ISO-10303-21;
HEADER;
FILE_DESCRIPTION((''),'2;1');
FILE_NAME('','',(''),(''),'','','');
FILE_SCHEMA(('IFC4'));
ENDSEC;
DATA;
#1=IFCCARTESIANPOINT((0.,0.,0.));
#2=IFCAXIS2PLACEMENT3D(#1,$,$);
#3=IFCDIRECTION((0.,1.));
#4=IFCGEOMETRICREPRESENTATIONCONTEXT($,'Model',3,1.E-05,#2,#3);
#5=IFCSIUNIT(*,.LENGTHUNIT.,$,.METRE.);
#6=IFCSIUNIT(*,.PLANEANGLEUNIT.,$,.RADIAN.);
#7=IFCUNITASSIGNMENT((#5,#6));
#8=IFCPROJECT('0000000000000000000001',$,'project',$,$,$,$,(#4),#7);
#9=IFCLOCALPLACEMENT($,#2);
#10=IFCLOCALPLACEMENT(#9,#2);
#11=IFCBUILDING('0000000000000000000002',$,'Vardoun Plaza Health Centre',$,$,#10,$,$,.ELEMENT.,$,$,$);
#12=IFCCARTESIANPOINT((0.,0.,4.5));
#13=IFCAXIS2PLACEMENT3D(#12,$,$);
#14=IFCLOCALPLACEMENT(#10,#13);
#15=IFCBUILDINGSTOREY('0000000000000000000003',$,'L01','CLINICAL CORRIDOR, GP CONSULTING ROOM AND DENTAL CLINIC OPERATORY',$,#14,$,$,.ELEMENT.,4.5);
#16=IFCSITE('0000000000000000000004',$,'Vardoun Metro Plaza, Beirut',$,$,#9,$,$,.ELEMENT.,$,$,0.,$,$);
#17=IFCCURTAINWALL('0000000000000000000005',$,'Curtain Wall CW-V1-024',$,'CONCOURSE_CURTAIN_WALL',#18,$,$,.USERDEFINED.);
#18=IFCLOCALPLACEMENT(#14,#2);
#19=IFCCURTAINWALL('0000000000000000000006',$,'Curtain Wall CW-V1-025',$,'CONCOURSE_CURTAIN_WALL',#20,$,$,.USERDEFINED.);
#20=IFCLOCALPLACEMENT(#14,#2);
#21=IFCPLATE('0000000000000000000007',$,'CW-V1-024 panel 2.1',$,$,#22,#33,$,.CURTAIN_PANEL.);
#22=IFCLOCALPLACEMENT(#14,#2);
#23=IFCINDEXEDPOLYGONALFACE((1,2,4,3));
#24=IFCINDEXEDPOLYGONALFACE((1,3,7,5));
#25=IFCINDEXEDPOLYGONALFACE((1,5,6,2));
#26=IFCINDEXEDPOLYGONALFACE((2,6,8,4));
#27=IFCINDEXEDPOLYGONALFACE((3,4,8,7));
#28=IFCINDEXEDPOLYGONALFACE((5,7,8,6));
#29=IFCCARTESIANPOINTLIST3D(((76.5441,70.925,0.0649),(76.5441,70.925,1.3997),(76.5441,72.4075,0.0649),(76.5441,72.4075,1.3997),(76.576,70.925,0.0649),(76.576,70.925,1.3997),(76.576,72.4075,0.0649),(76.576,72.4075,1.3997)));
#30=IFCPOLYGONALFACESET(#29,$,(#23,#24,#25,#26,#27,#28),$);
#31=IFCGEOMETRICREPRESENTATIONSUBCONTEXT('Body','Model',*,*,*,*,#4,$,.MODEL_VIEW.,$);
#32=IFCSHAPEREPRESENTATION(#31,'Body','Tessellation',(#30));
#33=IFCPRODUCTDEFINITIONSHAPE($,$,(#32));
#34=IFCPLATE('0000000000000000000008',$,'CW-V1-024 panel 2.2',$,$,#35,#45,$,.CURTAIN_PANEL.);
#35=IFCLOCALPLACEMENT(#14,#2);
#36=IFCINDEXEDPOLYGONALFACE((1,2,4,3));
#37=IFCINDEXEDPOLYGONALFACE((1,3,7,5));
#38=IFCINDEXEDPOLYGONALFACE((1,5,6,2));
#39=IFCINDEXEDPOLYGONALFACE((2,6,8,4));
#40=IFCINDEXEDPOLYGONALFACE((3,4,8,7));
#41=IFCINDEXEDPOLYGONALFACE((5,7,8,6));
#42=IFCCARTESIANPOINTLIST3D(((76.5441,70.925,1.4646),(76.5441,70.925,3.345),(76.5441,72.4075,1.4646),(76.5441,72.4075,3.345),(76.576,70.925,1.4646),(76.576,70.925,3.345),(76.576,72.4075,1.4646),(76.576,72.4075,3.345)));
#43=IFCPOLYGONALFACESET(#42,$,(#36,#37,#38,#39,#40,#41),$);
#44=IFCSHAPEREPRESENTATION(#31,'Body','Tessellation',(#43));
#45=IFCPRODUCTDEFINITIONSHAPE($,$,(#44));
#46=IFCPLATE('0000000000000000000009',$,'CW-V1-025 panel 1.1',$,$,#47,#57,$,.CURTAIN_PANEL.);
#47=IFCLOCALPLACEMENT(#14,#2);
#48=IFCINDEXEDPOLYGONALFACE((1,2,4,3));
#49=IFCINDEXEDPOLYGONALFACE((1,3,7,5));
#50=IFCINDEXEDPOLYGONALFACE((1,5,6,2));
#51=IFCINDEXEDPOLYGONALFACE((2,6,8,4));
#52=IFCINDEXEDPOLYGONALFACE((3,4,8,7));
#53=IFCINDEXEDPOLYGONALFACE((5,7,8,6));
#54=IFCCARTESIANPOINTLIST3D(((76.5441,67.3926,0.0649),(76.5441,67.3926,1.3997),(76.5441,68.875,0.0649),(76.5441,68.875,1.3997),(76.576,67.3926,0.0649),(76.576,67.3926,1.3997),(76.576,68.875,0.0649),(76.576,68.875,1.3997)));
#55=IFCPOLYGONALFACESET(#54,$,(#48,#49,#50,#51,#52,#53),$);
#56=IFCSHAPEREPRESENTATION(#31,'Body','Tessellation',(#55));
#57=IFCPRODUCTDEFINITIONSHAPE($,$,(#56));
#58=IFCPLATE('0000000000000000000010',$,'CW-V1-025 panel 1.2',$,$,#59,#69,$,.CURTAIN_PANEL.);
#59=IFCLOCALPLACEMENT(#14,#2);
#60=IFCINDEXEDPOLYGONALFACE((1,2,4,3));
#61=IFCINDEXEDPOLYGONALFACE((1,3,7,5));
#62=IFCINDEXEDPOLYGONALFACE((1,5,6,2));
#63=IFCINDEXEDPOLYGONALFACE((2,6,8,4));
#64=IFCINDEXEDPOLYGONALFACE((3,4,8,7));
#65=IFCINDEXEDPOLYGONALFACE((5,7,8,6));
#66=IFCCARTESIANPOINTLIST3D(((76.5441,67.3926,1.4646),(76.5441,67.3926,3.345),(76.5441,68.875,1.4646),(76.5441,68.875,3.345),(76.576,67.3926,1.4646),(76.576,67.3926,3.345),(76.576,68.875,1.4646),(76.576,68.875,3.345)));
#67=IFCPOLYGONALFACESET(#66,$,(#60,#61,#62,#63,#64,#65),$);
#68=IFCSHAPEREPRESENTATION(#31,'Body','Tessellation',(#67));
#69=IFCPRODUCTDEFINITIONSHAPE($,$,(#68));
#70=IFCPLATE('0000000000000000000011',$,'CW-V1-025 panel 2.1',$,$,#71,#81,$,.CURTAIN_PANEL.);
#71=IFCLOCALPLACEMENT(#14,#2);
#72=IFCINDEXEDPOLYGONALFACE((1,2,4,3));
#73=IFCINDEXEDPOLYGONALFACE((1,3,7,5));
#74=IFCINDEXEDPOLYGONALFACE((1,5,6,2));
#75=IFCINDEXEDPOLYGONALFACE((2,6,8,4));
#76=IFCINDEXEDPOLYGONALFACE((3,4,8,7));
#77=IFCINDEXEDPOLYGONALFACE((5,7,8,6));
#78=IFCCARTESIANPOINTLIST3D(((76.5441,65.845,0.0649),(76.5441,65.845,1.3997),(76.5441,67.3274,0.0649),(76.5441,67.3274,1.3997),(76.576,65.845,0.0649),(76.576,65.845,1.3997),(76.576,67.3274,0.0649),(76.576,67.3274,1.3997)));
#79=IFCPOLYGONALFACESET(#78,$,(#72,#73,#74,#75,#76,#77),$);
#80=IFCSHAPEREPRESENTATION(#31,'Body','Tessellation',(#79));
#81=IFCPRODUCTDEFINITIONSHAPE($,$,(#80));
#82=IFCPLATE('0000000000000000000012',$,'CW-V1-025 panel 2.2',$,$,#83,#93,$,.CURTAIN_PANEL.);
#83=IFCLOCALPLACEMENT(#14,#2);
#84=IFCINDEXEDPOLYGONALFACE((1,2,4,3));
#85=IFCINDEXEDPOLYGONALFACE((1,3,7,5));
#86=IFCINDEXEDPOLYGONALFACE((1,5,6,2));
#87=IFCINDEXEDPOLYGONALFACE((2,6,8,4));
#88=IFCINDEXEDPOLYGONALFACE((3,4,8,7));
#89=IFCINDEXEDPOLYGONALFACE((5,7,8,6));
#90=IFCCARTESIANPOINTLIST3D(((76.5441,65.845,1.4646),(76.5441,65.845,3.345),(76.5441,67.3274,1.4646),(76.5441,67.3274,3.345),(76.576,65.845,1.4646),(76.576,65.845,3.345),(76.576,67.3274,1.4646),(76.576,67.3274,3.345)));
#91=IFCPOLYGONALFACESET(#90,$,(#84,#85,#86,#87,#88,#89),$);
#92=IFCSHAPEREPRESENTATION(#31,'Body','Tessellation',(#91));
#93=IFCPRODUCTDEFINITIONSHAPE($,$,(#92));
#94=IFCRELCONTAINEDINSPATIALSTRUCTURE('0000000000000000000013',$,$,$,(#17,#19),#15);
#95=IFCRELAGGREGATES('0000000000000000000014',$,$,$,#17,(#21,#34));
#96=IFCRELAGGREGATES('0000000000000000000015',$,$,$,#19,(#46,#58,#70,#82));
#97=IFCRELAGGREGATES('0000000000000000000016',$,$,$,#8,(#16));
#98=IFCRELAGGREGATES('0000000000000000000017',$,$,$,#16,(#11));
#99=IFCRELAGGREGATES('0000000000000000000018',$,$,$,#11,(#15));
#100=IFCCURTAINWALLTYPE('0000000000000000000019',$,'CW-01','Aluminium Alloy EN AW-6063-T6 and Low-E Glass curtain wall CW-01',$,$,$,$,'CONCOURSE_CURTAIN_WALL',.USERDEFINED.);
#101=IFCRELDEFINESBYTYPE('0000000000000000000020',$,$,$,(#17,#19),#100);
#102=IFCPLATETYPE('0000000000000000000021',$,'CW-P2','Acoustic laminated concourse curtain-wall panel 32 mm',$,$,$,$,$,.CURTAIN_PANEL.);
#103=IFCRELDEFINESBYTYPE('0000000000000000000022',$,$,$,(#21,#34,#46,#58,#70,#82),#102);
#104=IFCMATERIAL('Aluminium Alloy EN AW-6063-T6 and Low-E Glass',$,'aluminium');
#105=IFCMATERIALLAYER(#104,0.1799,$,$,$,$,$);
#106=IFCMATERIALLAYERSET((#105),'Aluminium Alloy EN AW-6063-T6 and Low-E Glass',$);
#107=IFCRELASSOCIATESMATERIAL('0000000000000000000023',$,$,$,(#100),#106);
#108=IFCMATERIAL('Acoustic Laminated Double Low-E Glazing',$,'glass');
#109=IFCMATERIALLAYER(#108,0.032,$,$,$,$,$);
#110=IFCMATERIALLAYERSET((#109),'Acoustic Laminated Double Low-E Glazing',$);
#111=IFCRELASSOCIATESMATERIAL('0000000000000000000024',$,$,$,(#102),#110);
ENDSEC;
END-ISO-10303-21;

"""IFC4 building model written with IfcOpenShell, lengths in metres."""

from ifc_helpers import new_model, si_unit, direction, frame, origin, origin_2d, place, context, subcontext, project, spatial, rectangle, extrude, material, layer, layer_set, type_object, element, aggregate, save


model = new_model("IFC4")

# Units and contexts
model_context = context("Model", 3, precision=1e-05, world=origin(), true_north=direction((0.0, 1.0)))
body_context = subcontext(model_context, "Body", "Model", "MODEL_VIEW")
ifc_project = project(units=[si_unit("LENGTHUNIT", "METRE"), si_unit("PLANEANGLEUNIT", "RADIAN")], contexts=[model_context])

# Site, building, storey
site_placement = place(None, origin())
site = spatial("IfcSite", under=ifc_project, at=site_placement, Name="Vardoun Metro Plaza, Beirut", CompositionType="ELEMENT", RefElevation=0.0)
building_placement = place(site_placement, origin())
building = spatial("IfcBuilding", under=site, at=building_placement, Name="Vardoun Plaza Health Centre", CompositionType="ELEMENT")
storey_placement = place(building_placement, frame((0.0, 0.0, 4.5)))
storey = spatial("IfcBuildingStorey", under=building, at=storey_placement, Name="L01", Description="CLINICAL CORRIDOR, GP CONSULTING ROOM AND DENTAL CLINIC OPERATORY", CompositionType="ELEMENT", Elevation=4.5)

# Curtain wall
ifc_material_1 = material(Name="Aluminium Alloy EN AW-6063-T6 and Low-E Glass", Category="aluminium")
ifc_layer_1 = layer(ifc_material_1, 0.1799)
ifc_layer_set_1 = layer_set([ifc_layer_1], Name="Aluminium Alloy EN AW-6063-T6 and Low-E Glass")
curtain_wall_type = type_object("IfcCurtainWallType", Name="CW-01", Description="Aluminium Alloy EN AW-6063-T6 and Low-E Glass curtain wall CW-01", ElementType="CONCOURSE_CURTAIN_WALL", PredefinedType="USERDEFINED", material=ifc_layer_set_1)
curtain_wall_1_placement = place(storey_placement, origin())
curtain_wall_1 = element("IfcCurtainWall", 1, at=curtain_wall_1_placement, inside=storey, type_object=curtain_wall_type, Name="Curtain Wall CW-V1-024", ObjectType="CONCOURSE_CURTAIN_WALL", PredefinedType="USERDEFINED")

# Curtain wall
curtain_wall_2_placement = place(storey_placement, origin())
curtain_wall_2 = element("IfcCurtainWall", 2, at=curtain_wall_2_placement, inside=storey, type_object=curtain_wall_type, Name="Curtain Wall CW-V1-025", ObjectType="CONCOURSE_CURTAIN_WALL", PredefinedType="USERDEFINED")

# Plates
ifc_material_2 = material(Name="Acoustic Laminated Double Low-E Glazing", Category="glass")
ifc_layer_2 = layer(ifc_material_2, 0.032)
ifc_layer_set_2 = layer_set([ifc_layer_2], Name="Acoustic Laminated Double Low-E Glazing")
plate_type = type_object("IfcPlateType", Name="CW-P2", Description="Acoustic laminated concourse curtain-wall panel 32 mm", PredefinedType="CURTAIN_PANEL", material=ifc_layer_set_2)
plate_1_placement = place(storey_placement, frame((76.5601, 71.6663, 0.0649), z_axis=(0.0, 0.0, 1.0), x_axis=(0.0, -1.0, 0.0)))
plate_1 = element("IfcPlate", 3, at=plate_1_placement, type_object=plate_type, Name="CW-V1-024 panel 2.1", PredefinedType="CURTAIN_PANEL", context=body_context, shape_type="SweptSolid", body=[
    extrude(rectangle(XDim=1.4824, YDim=0.032, at=origin_2d()), origin(), (0.0, 0.0, 1.0), 1.3347),
])
plate_2_placement = place(storey_placement, frame((76.5601, 71.6663, 1.4646), z_axis=(0.0, 0.0, 1.0), x_axis=(0.0, -1.0, 0.0)))
plate_2 = element("IfcPlate", 4, at=plate_2_placement, type_object=plate_type, Name="CW-V1-024 panel 2.2", PredefinedType="CURTAIN_PANEL", context=body_context, shape_type="SweptSolid", body=[
    extrude(rectangle(XDim=1.4824, YDim=0.032, at=origin_2d()), origin(), (0.0, 0.0, 1.0), 1.8804),
])
aggregate(curtain_wall_1, [plate_1, plate_2])
plate_3_placement = place(storey_placement, frame((76.5601, 68.1338, 0.0649), z_axis=(0.0, 0.0, 1.0), x_axis=(0.0, -1.0, 0.0)))
plate_3 = element("IfcPlate", 5, at=plate_3_placement, type_object=plate_type, Name="CW-V1-025 panel 1.1", PredefinedType="CURTAIN_PANEL", context=body_context, shape_type="SweptSolid", body=[
    extrude(rectangle(XDim=1.4824, YDim=0.032, at=origin_2d()), origin(), (0.0, 0.0, 1.0), 1.3347),
])
plate_4_placement = place(storey_placement, frame((76.5601, 68.1338, 1.4646), z_axis=(0.0, 0.0, 1.0), x_axis=(0.0, -1.0, 0.0)))
plate_4 = element("IfcPlate", 6, at=plate_4_placement, type_object=plate_type, Name="CW-V1-025 panel 1.2", PredefinedType="CURTAIN_PANEL", context=body_context, shape_type="SweptSolid", body=[
    extrude(rectangle(XDim=1.4824, YDim=0.032, at=origin_2d()), origin(), (0.0, 0.0, 1.0), 1.8804),
])
plate_5_placement = place(storey_placement, frame((76.5601, 66.5862, 0.0649), z_axis=(0.0, 0.0, 1.0), x_axis=(0.0, -1.0, 0.0)))
plate_5 = element("IfcPlate", 7, at=plate_5_placement, type_object=plate_type, Name="CW-V1-025 panel 2.1", PredefinedType="CURTAIN_PANEL", context=body_context, shape_type="SweptSolid", body=[
    extrude(rectangle(XDim=1.4824, YDim=0.032, at=origin_2d()), origin(), (0.0, 0.0, 1.0), 1.3347),
])
plate_6_placement = place(storey_placement, frame((76.5601, 66.5862, 1.4646), z_axis=(0.0, 0.0, 1.0), x_axis=(0.0, -1.0, 0.0)))
plate_6 = element("IfcPlate", 8, at=plate_6_placement, type_object=plate_type, Name="CW-V1-025 panel 2.2", PredefinedType="CURTAIN_PANEL", context=body_context, shape_type="SweptSolid", body=[
    extrude(rectangle(XDim=1.4824, YDim=0.032, at=origin_2d()), origin(), (0.0, 0.0, 1.0), 1.8804),
])
aggregate(curtain_wall_2, [plate_3, plate_4, plate_5, plate_6])

save(model, "model.ifc")
